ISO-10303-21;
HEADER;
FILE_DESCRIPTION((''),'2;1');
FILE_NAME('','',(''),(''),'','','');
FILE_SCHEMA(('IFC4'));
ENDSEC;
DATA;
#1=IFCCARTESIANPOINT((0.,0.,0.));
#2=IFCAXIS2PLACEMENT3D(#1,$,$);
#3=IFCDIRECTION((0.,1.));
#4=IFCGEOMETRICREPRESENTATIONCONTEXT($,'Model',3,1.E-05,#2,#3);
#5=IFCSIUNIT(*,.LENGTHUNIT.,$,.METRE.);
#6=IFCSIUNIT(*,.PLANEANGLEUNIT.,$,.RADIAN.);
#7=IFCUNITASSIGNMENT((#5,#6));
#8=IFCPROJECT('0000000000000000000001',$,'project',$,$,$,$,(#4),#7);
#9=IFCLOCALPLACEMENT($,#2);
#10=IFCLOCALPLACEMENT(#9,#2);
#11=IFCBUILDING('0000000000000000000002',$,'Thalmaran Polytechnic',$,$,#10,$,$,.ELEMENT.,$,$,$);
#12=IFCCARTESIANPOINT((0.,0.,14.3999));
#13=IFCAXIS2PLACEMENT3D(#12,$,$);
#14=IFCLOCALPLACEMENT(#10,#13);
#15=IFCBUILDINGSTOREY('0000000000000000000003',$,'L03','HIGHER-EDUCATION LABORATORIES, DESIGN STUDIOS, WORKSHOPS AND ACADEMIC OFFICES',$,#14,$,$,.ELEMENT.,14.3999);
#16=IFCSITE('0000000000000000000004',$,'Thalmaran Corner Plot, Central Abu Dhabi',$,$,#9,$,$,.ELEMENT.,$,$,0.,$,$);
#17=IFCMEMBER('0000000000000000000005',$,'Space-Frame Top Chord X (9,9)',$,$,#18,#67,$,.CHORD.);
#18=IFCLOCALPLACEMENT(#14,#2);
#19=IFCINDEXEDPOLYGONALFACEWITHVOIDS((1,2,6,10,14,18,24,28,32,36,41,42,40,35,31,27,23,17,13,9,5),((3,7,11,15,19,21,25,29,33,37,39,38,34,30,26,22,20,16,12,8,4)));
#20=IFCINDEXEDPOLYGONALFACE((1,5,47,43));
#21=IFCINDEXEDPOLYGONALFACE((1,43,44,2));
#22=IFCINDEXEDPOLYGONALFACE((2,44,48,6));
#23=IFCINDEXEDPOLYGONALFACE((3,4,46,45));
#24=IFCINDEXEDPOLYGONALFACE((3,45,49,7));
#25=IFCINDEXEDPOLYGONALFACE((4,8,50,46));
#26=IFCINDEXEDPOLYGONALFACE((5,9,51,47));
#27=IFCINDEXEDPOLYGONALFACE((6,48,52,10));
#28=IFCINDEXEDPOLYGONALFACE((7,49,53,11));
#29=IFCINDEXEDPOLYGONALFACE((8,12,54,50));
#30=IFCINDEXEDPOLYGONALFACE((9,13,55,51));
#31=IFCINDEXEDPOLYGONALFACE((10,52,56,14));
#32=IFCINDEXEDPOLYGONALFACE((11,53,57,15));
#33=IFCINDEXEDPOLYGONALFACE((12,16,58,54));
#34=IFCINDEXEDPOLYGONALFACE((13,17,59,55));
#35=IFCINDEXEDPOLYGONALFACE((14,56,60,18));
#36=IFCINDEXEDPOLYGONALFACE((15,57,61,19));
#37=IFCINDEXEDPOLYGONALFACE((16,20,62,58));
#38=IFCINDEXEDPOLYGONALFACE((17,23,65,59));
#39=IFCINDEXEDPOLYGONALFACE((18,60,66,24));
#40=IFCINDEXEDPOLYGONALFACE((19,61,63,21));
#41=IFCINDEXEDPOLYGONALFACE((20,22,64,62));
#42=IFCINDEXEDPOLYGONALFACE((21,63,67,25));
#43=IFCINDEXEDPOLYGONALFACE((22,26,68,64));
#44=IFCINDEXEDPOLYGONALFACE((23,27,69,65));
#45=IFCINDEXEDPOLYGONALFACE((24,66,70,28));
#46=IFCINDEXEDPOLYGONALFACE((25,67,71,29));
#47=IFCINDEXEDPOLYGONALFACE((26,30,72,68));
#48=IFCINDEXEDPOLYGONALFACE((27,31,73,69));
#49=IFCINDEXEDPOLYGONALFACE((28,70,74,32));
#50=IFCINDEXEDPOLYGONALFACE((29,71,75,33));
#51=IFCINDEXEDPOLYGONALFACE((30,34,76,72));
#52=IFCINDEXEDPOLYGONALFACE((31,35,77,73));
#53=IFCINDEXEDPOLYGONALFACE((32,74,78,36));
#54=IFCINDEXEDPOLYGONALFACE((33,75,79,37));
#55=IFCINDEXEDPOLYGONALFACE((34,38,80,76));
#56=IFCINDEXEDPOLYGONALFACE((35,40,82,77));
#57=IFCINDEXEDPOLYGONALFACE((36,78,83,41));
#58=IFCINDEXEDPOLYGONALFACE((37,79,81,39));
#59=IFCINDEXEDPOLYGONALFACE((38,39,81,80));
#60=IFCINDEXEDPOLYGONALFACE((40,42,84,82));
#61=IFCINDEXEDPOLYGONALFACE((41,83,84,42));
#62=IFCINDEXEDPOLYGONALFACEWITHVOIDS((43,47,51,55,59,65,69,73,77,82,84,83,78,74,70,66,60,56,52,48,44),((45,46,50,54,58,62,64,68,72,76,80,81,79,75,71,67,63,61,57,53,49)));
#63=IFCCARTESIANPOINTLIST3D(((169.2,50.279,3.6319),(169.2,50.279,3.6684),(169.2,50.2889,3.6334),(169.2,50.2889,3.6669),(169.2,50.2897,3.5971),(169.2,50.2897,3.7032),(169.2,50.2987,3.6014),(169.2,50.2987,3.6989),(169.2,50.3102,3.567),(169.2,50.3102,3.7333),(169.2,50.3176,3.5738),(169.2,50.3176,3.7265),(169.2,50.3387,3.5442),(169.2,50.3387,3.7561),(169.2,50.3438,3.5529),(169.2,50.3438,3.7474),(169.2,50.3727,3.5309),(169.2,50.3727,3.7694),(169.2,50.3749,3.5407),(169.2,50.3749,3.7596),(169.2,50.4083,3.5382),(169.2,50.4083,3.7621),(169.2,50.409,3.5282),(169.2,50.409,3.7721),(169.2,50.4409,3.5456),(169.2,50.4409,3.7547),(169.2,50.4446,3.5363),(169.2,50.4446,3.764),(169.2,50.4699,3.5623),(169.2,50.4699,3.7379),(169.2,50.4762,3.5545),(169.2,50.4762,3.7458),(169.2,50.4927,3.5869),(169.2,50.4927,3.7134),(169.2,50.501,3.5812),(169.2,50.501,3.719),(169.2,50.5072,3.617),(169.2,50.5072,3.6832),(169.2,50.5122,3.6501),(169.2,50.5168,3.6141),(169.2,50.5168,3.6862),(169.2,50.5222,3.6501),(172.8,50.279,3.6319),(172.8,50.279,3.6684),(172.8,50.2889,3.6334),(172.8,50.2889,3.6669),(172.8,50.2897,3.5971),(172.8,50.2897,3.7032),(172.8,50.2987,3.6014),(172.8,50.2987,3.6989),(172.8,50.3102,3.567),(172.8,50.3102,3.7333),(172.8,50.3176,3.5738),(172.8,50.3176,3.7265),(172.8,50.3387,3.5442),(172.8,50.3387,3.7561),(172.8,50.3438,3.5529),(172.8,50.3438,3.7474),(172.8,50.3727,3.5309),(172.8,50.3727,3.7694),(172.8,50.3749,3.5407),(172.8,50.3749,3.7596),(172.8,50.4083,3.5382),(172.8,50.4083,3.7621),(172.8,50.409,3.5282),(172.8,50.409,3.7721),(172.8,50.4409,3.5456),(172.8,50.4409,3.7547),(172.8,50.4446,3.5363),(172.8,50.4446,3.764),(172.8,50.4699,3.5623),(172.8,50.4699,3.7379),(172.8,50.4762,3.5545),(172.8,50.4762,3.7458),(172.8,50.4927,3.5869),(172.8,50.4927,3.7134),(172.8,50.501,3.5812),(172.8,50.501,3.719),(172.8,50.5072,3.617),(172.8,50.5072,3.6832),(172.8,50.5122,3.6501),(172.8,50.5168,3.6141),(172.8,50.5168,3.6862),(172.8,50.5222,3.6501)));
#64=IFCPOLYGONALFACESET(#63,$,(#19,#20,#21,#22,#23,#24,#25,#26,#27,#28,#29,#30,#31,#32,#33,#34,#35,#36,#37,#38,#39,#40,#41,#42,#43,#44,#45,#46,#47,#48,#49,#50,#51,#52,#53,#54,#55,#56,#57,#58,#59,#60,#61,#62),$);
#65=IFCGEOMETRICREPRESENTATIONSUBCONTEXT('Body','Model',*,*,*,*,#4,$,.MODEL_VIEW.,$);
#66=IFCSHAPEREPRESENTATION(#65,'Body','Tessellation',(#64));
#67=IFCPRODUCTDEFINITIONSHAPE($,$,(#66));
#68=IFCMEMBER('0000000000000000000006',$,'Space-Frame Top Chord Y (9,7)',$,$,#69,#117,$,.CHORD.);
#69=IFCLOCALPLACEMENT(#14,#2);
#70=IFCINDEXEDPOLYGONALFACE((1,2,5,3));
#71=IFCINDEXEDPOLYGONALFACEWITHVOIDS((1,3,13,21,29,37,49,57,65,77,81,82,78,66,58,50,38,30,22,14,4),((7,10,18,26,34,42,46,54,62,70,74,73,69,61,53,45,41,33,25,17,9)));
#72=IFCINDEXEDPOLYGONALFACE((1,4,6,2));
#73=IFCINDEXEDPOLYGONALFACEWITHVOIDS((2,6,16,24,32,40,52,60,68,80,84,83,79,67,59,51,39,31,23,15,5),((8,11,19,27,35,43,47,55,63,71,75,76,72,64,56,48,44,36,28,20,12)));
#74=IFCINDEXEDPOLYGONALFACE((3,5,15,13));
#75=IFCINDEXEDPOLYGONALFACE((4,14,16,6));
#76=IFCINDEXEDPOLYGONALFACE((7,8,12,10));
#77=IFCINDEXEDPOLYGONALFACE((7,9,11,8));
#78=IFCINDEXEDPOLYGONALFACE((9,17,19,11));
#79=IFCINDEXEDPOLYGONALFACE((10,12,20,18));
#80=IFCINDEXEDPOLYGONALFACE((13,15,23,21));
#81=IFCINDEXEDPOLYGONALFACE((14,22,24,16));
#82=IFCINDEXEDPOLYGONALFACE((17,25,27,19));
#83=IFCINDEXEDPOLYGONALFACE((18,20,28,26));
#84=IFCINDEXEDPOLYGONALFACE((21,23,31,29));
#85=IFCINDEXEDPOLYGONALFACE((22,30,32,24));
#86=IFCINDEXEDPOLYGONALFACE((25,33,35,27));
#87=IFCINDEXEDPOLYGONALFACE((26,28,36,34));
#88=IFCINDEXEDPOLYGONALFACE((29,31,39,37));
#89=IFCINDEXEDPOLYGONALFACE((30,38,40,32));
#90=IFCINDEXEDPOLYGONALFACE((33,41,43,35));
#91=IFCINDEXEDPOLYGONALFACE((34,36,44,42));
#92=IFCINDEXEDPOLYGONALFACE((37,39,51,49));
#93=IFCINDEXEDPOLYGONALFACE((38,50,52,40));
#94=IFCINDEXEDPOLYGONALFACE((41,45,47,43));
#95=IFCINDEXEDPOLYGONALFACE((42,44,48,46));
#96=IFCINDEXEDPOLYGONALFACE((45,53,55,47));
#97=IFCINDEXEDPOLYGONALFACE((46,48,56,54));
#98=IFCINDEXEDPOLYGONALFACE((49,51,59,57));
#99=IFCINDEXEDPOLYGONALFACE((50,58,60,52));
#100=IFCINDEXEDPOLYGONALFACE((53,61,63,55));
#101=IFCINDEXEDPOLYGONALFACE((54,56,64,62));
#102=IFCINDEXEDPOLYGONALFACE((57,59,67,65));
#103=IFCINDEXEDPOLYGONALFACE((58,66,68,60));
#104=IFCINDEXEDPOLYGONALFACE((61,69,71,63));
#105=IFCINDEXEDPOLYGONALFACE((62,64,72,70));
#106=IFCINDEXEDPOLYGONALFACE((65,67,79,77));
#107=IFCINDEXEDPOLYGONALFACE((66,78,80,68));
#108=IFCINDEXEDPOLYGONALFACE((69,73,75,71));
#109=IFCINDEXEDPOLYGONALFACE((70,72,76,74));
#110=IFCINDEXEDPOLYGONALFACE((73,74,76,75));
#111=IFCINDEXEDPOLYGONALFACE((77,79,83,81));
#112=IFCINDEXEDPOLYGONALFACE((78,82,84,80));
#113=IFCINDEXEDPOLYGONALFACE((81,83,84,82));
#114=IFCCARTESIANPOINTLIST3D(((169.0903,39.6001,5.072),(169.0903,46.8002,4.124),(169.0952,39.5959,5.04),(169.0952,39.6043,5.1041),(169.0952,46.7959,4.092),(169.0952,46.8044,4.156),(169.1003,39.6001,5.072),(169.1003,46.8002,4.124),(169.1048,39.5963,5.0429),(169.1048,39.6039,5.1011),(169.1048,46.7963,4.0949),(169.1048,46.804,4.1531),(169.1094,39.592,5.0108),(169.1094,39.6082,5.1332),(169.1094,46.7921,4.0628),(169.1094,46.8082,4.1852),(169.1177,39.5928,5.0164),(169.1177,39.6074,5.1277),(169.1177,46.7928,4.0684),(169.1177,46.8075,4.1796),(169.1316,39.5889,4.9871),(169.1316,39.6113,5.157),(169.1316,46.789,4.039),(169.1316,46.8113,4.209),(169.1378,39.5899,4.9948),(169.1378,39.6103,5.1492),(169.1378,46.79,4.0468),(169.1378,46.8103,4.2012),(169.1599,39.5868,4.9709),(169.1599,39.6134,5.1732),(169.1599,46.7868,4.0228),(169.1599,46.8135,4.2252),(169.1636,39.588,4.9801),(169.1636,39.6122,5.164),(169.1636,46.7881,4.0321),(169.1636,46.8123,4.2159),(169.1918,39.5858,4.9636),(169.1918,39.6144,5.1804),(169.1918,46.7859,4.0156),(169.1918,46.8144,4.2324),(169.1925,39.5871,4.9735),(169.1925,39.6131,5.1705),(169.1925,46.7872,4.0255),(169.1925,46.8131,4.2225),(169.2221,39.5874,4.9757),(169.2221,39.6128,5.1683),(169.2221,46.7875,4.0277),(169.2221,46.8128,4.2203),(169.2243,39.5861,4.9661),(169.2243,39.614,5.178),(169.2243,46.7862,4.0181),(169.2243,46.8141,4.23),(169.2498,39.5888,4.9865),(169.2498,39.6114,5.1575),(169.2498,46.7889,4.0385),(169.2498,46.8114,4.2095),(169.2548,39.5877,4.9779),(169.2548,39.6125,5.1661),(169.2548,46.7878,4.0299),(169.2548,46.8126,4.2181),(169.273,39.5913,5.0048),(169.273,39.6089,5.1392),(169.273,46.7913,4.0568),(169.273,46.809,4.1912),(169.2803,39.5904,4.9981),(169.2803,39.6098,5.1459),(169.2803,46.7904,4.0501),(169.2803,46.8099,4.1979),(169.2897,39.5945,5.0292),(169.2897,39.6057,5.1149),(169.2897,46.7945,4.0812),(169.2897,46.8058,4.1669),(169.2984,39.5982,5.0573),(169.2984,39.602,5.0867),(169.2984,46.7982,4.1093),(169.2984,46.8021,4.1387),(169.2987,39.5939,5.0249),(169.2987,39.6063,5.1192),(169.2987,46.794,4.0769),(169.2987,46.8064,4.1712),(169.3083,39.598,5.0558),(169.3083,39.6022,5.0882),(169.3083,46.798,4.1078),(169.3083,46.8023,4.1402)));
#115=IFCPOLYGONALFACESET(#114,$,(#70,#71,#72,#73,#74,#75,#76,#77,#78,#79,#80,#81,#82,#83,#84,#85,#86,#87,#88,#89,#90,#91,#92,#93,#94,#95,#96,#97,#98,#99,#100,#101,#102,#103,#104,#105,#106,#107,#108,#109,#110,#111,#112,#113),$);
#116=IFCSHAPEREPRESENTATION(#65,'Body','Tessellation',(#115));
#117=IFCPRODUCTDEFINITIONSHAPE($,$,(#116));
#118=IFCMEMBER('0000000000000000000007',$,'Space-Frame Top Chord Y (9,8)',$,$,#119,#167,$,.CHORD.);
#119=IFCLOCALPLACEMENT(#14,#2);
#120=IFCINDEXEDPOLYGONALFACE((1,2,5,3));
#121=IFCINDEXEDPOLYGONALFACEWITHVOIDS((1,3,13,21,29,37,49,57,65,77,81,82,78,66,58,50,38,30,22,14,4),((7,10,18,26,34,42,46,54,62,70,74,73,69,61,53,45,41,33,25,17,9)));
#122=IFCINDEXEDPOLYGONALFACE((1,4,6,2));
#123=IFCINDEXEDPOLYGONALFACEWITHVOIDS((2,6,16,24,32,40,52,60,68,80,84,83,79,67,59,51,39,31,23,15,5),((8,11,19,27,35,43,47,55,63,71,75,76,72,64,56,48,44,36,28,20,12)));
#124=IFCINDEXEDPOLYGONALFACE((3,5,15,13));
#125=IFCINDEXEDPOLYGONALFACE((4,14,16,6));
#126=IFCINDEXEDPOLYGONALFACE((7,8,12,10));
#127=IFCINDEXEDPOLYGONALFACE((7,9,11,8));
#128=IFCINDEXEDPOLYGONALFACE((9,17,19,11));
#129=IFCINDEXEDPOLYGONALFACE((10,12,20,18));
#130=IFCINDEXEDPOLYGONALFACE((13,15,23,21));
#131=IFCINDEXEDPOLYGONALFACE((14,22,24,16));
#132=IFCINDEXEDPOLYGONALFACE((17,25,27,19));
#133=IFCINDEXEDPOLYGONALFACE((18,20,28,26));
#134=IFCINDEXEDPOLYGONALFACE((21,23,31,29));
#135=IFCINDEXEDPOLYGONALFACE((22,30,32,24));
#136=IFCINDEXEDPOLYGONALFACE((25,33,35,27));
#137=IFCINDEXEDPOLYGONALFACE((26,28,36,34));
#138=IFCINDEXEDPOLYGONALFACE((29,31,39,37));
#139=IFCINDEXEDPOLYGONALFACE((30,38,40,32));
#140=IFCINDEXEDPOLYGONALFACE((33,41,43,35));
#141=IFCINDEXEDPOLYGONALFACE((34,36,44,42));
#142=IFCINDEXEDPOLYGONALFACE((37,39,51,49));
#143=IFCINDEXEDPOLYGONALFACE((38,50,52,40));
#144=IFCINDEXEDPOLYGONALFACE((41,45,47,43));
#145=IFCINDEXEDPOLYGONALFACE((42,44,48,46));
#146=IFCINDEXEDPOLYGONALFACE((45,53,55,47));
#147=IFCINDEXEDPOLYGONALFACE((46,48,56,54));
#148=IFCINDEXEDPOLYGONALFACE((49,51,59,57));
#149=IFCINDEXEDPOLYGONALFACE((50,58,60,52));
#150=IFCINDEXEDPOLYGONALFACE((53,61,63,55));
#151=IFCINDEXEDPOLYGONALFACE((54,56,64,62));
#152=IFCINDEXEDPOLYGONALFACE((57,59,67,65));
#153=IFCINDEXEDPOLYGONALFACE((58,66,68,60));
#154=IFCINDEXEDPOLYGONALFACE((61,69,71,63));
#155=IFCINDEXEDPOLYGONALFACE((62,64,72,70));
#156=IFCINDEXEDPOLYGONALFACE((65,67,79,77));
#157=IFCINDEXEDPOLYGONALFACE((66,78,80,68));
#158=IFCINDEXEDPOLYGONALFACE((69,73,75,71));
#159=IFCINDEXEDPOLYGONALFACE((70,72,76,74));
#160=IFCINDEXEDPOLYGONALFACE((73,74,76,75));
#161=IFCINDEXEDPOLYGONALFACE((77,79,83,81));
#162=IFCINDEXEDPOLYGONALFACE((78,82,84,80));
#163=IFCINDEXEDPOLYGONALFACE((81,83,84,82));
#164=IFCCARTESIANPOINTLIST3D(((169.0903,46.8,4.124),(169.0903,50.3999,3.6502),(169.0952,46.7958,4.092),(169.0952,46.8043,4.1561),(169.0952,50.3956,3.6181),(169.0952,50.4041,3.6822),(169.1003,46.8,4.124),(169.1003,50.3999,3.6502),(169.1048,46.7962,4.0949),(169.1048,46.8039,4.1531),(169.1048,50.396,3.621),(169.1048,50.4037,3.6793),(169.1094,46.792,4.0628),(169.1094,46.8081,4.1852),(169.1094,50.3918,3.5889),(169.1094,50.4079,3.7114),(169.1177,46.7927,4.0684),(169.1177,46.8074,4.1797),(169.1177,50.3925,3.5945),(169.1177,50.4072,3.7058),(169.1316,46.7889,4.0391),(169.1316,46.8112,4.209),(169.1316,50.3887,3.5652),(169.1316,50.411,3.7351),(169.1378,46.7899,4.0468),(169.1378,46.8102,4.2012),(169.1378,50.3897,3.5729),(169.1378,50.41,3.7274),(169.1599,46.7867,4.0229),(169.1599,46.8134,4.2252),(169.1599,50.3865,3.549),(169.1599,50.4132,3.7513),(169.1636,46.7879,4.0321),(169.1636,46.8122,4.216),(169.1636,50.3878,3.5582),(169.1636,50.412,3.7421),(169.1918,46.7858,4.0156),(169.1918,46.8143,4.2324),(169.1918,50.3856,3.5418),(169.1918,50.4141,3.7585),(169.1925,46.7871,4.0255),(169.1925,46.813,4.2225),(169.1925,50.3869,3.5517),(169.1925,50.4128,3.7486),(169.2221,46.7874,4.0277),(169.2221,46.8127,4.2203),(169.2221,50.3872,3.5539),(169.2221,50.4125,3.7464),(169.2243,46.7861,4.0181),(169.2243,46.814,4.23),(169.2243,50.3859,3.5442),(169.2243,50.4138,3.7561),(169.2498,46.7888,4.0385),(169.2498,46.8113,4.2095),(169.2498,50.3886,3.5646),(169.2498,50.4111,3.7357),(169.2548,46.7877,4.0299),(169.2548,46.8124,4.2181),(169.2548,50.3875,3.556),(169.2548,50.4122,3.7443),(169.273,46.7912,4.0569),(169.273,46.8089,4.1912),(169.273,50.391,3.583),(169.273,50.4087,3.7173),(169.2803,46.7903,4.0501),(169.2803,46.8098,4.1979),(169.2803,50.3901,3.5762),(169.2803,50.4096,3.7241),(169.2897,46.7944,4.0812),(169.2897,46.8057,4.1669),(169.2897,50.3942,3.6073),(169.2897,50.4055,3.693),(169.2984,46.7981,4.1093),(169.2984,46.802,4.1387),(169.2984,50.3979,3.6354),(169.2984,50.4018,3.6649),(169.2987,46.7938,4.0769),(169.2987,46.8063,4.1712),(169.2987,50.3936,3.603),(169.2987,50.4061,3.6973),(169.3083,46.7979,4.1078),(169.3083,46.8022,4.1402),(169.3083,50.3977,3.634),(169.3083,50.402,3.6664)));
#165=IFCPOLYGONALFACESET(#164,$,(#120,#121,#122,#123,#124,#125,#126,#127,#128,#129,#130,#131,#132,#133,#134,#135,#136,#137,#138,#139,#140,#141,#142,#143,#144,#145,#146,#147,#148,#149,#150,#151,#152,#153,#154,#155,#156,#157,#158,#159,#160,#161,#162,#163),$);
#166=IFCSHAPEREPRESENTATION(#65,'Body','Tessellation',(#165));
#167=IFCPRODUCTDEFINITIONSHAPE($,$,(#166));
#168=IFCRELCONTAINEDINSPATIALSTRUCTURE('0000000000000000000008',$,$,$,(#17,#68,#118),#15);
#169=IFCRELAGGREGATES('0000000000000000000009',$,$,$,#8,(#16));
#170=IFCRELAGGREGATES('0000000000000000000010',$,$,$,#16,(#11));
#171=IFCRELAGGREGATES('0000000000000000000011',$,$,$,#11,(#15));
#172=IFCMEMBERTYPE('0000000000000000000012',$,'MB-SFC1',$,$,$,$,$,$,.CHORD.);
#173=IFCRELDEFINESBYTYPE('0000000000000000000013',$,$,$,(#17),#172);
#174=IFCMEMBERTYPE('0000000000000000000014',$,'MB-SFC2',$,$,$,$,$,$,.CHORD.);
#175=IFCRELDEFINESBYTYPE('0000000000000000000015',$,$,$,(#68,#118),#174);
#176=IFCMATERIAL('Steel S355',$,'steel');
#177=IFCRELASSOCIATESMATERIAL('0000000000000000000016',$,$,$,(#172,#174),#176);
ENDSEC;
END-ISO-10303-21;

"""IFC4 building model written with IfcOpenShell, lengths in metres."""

from ifc_helpers import new_model, si_unit, direction, frame, origin, origin_2d, place, context, subcontext, project, spatial, hollow_circle, extrude, material, material_profile, profile_set, type_object, element, save


model = new_model("IFC4")

# Units and contexts
model_context = context("Model", 3, precision=1e-05, world=origin(), true_north=direction((0.0, 1.0)))
body_context = subcontext(model_context, "Body", "Model", "MODEL_VIEW")
ifc_project = project(units=[si_unit("LENGTHUNIT", "METRE"), si_unit("PLANEANGLEUNIT", "RADIAN")], contexts=[model_context])

# Site, building, storey
site_placement = place(None, origin())
site = spatial("IfcSite", under=ifc_project, at=site_placement, Name="Thalmaran Corner Plot, Central Abu Dhabi", CompositionType="ELEMENT", RefElevation=0.0)
building_placement = place(site_placement, origin())
building = spatial("IfcBuilding", under=site, at=building_placement, Name="Thalmaran Polytechnic", CompositionType="ELEMENT")
storey_placement = place(building_placement, frame((0.0, 0.0, 14.3999)))
storey = spatial("IfcBuildingStorey", under=building, at=storey_placement, Name="L03", Description="HIGHER-EDUCATION LABORATORIES, DESIGN STUDIOS, WORKSHOPS AND ACADEMIC OFFICES", CompositionType="ELEMENT", Elevation=14.3999)

# Shared definitions
ifc_material_1 = material(Name="Steel S355", Category="steel")

# Members
ifc_material_profile_1 = material_profile(ifc_material_1, hollow_circle(Radius=0.1223, WallThickness=0.01, at=origin_2d()), Name="CHS 244.5x10.0")
ifc_profile_set_1 = profile_set([ifc_material_profile_1], Name="Steel S355")
member_type_1 = type_object("IfcMemberType", Name="MB-SFC1", PredefinedType="CHORD", material=ifc_profile_set_1)
for number, where, z_axis, x_axis, name in (
    (1, (169.2, 50.3999, 3.6501), (1.0, 0.0, 0.0), (0.0, 1.0, 0.0), "Space-Frame Top Chord X (9,9)"),
):
    element("IfcMember", number, at=place(storey_placement, frame(where, z_axis=z_axis, x_axis=x_axis)), inside=storey, type_object=member_type_1, Name=name, PredefinedType="CHORD", context=body_context, shape_type="SweptSolid", body=[
        extrude(hollow_circle(Radius=0.1223, WallThickness=0.01, at=origin_2d()), origin(), (0.0, 0.0, 1.0), 3.6001),
    ])
ifc_material_profile_2 = material_profile(ifc_material_1, hollow_circle(Radius=0.1096, WallThickness=0.01, at=origin_2d()), Name="CHS 219.1x10.0")
ifc_profile_set_2 = profile_set([ifc_material_profile_2], Name="Steel S355")
member_type_2 = type_object("IfcMemberType", Name="MB-SFC2", PredefinedType="CHORD", material=ifc_profile_set_2)
member_1_placement = place(storey_placement, frame((169.2, 39.6001, 5.072), z_axis=(0.0, 0.991443, -0.130541), x_axis=(-1.0, 0.0, 0.0)))
element("IfcMember", 2, at=member_1_placement, inside=storey, type_object=member_type_2, Name="Space-Frame Top Chord Y (9,7)", PredefinedType="CHORD", context=body_context, shape_type="SweptSolid", body=[
    extrude(hollow_circle(Radius=0.1096, WallThickness=0.01, at=origin_2d()), origin(), (0.0, 0.0, 1.0), 7.2622),
])
member_2_placement = place(storey_placement, frame((169.2, 46.8, 4.124), z_axis=(0.0, 0.991447, -0.130512), x_axis=(-1.0, 0.0, 0.0)))
element("IfcMember", 3, at=member_2_placement, inside=storey, type_object=member_type_2, Name="Space-Frame Top Chord Y (9,8)", PredefinedType="CHORD", context=body_context, shape_type="SweptSolid", body=[
    extrude(hollow_circle(Radius=0.1096, WallThickness=0.01, at=origin_2d()), origin(), (0.0, 0.0, 1.0), 3.6309),
])

save(model, "model.ifc")
